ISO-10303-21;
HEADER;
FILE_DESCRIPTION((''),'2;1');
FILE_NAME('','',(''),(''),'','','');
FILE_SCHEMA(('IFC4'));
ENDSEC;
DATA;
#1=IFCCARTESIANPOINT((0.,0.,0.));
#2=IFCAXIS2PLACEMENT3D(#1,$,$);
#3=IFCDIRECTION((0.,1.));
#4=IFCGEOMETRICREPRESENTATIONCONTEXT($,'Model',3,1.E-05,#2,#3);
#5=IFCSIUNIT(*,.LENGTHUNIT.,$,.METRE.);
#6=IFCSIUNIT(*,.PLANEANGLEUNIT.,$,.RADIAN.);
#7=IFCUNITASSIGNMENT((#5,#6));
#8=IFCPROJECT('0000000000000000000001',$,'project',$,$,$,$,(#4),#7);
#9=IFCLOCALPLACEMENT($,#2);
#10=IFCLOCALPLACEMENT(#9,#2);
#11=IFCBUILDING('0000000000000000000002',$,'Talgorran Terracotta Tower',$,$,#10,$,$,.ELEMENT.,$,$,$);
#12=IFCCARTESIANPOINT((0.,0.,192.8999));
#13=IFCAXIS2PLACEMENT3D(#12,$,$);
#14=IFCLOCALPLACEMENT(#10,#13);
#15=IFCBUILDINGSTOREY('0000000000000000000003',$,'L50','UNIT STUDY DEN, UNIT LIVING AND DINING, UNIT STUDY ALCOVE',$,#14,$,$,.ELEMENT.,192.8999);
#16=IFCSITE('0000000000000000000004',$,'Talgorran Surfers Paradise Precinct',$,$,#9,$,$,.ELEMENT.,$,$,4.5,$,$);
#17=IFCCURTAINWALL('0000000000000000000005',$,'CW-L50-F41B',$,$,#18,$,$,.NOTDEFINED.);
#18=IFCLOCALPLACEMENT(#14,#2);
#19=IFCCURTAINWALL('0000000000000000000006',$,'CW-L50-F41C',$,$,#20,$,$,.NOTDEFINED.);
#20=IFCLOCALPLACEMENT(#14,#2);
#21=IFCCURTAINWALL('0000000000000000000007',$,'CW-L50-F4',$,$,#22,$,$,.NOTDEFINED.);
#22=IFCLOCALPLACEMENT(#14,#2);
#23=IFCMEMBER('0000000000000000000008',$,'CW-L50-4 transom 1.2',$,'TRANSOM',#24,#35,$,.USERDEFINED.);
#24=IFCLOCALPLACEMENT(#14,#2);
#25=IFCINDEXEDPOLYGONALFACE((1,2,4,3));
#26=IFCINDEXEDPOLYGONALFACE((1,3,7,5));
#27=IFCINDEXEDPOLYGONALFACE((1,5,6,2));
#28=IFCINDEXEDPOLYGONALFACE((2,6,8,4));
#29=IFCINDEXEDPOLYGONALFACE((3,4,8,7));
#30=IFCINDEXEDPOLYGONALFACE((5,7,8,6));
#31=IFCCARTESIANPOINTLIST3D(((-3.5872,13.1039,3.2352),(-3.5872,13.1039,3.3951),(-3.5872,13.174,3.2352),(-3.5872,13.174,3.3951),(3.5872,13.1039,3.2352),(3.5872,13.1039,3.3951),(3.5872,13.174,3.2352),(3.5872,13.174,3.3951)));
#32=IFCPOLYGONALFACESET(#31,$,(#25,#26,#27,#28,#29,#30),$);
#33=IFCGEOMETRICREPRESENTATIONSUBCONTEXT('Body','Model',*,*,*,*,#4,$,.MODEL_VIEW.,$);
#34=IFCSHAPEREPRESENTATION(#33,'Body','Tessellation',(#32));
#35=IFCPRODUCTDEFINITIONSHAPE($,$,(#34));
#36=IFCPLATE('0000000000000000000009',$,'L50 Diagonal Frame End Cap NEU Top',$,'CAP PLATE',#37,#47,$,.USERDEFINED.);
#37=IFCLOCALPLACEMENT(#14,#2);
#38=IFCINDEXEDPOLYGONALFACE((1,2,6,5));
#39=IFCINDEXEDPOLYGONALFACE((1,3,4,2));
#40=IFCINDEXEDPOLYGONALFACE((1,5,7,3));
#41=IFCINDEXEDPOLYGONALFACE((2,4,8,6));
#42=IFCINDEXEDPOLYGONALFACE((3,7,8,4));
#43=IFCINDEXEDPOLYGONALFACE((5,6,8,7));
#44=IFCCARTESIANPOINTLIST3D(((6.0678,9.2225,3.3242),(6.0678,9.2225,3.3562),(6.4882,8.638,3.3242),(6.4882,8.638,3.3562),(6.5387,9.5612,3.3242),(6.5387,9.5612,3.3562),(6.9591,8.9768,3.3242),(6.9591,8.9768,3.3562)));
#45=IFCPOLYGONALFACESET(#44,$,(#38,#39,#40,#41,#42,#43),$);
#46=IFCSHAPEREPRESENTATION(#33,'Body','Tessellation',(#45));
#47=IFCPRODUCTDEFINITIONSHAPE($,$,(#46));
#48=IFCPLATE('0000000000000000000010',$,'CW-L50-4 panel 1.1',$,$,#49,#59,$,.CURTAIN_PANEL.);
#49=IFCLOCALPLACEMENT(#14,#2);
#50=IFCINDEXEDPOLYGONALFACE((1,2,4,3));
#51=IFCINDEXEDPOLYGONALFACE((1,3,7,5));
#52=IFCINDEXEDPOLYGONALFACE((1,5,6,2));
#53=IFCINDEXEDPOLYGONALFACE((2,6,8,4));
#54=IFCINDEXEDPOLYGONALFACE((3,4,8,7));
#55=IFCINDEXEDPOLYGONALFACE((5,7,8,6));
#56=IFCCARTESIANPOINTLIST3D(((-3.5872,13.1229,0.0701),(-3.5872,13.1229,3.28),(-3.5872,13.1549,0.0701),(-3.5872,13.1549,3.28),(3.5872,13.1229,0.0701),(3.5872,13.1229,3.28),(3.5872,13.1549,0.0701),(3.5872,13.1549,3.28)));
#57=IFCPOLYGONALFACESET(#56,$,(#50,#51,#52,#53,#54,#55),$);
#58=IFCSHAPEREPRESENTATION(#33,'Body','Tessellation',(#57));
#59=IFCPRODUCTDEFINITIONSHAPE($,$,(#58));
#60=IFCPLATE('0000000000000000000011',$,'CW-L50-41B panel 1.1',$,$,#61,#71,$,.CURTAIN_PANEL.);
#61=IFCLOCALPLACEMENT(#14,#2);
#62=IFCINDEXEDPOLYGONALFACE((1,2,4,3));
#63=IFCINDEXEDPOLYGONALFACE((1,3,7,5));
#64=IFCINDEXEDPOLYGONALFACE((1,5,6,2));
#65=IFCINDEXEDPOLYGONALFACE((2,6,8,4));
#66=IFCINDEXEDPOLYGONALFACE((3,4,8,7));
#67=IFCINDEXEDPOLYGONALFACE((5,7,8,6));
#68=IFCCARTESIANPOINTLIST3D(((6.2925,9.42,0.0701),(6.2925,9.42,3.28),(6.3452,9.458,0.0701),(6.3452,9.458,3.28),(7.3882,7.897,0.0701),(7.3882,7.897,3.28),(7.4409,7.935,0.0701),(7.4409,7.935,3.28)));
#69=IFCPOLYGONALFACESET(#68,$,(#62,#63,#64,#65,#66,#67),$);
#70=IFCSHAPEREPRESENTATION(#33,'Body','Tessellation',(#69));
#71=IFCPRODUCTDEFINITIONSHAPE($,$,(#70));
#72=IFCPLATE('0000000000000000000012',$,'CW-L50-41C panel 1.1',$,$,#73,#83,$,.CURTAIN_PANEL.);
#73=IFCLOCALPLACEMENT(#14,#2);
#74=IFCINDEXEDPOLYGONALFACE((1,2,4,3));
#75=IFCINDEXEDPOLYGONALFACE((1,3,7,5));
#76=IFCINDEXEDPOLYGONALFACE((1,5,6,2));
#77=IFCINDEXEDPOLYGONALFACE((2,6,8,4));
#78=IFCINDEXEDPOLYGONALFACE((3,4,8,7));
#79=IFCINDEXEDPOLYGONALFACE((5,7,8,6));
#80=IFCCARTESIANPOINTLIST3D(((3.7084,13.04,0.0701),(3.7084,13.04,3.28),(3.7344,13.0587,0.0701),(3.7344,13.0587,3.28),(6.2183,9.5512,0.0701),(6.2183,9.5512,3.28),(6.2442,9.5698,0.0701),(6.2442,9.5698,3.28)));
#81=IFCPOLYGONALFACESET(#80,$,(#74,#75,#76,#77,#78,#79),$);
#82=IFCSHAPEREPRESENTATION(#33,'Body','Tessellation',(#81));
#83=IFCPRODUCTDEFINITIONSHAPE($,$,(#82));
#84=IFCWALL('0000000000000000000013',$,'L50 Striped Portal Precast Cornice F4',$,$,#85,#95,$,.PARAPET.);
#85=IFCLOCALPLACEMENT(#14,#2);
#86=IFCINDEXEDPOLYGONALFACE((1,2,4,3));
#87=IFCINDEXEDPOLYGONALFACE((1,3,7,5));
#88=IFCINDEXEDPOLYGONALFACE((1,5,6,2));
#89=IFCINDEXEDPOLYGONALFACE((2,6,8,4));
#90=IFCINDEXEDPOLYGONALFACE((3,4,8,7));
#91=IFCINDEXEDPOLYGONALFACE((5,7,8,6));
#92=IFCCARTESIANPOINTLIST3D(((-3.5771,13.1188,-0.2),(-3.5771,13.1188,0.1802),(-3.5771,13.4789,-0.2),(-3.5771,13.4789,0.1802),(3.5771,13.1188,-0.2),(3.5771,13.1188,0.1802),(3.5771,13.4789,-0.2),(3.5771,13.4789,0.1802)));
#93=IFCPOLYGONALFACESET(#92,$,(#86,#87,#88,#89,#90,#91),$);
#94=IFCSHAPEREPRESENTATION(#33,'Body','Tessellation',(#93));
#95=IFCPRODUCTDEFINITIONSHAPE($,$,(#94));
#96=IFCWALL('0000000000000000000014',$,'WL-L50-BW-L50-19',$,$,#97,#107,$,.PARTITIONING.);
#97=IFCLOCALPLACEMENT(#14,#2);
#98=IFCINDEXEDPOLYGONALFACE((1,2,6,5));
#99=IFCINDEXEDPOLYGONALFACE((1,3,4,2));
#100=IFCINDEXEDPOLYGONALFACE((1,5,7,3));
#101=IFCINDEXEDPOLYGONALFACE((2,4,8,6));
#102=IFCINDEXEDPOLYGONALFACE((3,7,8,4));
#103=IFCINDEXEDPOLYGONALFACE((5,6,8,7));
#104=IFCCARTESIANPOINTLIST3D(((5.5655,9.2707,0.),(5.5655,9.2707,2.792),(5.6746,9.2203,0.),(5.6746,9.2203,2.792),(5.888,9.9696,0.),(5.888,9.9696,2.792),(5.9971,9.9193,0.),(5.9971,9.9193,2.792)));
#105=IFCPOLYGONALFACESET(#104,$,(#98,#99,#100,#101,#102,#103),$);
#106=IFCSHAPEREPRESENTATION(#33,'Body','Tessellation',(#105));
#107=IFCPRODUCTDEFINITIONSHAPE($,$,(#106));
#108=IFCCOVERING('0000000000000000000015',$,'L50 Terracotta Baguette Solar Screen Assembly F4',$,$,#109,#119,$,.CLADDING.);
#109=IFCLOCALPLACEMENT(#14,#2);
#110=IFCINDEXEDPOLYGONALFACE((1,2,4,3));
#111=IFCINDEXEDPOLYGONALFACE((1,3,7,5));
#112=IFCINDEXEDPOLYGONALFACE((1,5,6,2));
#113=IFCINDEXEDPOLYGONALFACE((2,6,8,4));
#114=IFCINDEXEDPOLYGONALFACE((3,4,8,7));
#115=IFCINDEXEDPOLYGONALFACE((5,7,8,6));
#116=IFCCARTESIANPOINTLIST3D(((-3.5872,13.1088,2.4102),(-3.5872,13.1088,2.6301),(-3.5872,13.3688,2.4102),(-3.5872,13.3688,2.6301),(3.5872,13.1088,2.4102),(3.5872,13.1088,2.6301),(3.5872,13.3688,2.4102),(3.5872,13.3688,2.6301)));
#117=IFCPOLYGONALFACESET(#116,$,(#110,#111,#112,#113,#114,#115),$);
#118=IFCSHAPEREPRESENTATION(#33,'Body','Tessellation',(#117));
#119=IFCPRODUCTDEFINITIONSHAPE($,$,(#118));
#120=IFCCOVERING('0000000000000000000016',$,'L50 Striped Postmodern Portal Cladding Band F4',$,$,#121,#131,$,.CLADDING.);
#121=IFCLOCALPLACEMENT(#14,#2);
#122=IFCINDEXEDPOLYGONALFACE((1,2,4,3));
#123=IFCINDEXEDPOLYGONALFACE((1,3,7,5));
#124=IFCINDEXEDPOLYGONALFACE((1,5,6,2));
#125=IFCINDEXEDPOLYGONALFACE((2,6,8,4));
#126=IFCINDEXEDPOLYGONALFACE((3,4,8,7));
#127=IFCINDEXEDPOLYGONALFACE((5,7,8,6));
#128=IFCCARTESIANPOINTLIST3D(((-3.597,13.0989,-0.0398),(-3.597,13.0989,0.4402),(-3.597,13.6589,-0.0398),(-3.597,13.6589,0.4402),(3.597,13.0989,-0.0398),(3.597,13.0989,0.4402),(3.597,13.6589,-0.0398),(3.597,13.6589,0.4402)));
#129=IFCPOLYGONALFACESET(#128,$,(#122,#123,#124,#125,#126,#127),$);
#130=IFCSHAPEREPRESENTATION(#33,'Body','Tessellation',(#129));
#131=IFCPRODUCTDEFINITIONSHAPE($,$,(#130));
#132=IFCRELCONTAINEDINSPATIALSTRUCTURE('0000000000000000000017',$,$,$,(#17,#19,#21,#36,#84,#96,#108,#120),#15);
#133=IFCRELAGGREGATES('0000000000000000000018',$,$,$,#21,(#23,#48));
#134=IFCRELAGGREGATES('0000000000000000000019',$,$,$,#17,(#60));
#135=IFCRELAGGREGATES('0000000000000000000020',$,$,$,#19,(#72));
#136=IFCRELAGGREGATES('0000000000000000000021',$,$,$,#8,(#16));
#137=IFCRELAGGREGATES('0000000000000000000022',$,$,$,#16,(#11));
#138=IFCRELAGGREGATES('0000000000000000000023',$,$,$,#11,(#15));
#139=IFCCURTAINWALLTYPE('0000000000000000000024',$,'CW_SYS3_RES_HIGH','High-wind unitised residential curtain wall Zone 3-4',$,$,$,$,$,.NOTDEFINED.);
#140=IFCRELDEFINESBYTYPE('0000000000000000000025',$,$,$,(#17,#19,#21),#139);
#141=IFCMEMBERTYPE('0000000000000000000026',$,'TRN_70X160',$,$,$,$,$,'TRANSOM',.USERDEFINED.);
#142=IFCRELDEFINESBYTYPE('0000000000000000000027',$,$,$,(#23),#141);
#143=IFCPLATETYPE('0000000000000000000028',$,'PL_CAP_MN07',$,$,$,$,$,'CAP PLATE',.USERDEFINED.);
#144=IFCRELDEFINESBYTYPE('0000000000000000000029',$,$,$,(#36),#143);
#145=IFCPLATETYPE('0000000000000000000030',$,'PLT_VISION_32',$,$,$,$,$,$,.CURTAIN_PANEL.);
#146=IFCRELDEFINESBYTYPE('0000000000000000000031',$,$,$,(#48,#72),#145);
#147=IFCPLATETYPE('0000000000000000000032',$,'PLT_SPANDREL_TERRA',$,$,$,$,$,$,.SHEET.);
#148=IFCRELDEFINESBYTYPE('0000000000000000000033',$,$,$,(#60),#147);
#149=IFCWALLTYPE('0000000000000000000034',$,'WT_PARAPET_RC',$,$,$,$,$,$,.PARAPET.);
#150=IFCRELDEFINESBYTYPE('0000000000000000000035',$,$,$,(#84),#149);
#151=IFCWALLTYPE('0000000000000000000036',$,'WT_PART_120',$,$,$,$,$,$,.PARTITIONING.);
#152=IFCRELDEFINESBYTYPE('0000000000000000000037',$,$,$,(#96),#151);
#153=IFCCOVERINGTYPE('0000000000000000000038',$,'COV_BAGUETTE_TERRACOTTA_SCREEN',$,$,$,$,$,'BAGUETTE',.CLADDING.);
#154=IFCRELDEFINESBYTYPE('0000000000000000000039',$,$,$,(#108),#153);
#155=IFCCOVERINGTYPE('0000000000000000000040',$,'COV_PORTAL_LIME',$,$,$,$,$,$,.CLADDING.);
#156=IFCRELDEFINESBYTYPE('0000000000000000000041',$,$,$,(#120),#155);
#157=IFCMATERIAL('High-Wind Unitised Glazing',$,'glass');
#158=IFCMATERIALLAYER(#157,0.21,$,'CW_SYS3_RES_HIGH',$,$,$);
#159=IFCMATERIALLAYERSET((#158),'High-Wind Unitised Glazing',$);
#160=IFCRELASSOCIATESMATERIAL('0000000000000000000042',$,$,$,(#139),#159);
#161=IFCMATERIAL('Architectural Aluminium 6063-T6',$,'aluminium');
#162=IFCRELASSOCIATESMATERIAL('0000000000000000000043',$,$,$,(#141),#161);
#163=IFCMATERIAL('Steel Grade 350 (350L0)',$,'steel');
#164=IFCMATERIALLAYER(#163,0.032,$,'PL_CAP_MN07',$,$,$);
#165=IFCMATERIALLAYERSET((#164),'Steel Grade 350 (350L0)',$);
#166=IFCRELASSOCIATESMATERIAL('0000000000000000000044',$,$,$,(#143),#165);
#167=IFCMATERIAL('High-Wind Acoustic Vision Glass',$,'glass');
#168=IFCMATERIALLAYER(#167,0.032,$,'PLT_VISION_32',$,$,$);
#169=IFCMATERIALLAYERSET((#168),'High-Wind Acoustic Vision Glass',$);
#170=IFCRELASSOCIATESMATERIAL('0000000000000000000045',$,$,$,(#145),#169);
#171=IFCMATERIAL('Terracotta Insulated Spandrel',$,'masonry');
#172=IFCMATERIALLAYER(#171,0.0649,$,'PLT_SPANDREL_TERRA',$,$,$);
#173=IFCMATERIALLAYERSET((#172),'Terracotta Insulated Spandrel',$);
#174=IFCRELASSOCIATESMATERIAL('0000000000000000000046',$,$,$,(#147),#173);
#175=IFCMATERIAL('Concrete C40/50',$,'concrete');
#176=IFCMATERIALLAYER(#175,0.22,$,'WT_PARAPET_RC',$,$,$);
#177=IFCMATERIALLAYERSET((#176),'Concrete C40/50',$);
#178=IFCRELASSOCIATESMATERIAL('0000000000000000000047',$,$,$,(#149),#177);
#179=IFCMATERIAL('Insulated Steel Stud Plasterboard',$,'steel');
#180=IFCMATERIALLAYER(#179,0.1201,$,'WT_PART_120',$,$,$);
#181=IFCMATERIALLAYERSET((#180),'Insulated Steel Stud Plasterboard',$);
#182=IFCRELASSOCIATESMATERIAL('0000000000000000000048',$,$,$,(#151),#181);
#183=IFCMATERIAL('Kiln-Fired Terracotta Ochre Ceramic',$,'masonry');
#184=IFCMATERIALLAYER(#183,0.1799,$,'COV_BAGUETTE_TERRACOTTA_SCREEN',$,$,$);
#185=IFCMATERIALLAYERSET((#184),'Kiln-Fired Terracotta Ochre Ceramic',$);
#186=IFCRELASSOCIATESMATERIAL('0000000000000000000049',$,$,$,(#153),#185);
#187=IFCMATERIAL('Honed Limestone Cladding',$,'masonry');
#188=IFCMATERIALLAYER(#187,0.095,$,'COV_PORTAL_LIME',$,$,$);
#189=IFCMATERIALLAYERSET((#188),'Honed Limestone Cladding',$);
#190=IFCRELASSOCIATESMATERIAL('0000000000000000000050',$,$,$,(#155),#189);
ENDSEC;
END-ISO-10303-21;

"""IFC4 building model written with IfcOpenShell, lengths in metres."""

from ifc_helpers import new_model, si_unit, direction, frame, frame_2d, origin, origin_2d, place, context, subcontext, project, spatial, rectangle, extrude, source, transform, mapped, material, layer, layer_set, material_profile, profile_set, type_object, type_shapes, element, aggregate, save


model = new_model("IFC4")

# Units and contexts
model_context = context("Model", 3, precision=1e-05, world=origin(), true_north=direction((0.0, 1.0)))
body_context = subcontext(model_context, "Body", "Model", "MODEL_VIEW")
ifc_project = project(units=[si_unit("LENGTHUNIT", "METRE"), si_unit("PLANEANGLEUNIT", "RADIAN")], contexts=[model_context])

# Site, building, storey
site_placement = place(None, origin())
site = spatial("IfcSite", under=ifc_project, at=site_placement, Name="Talgorran Surfers Paradise Precinct", CompositionType="ELEMENT", RefElevation=4.5)
building_placement = place(site_placement, origin())
building = spatial("IfcBuilding", under=site, at=building_placement, Name="Talgorran Terracotta Tower", CompositionType="ELEMENT")
storey_placement = place(building_placement, frame((0.0, 0.0, 192.8999)))
storey = spatial("IfcBuildingStorey", under=building, at=storey_placement, Name="L50", Description="UNIT STUDY DEN, UNIT LIVING AND DINING, UNIT STUDY ALCOVE", CompositionType="ELEMENT", Elevation=192.8999)

# Shared definitions
ifc_material_1 = material(Name="Steel Grade 350 (350L0)", Category="steel")

# Curtain wall
ifc_material_2 = material(Name="High-Wind Unitised Glazing", Category="glass")
ifc_layer_1 = layer(ifc_material_2, 0.21, Name="CW_SYS3_RES_HIGH")
ifc_layer_set_1 = layer_set([ifc_layer_1], Name="High-Wind Unitised Glazing")
curtain_wall_type = type_object("IfcCurtainWallType", Name="CW_SYS3_RES_HIGH", Description="High-wind unitised residential curtain wall Zone 3-4", PredefinedType="NOTDEFINED", material=ifc_layer_set_1)
curtain_wall_1_placement = place(storey_placement, origin())
curtain_wall_1 = element("IfcCurtainWall", 1, at=curtain_wall_1_placement, inside=storey, type_object=curtain_wall_type, Name="CW-L50-F41B", PredefinedType="NOTDEFINED")
ifc_material_3 = material(Name="Architectural Aluminium 6063-T6", Category="aluminium")

# Curtain wall
curtain_wall_2_placement = place(storey_placement, origin())
curtain_wall_2 = element("IfcCurtainWall", 2, at=curtain_wall_2_placement, inside=storey, type_object=curtain_wall_type, Name="CW-L50-F41C", PredefinedType="NOTDEFINED")

# Curtain wall
curtain_wall_3_placement = place(storey_placement, origin())
curtain_wall_3 = element("IfcCurtainWall", 3, at=curtain_wall_3_placement, inside=storey, type_object=curtain_wall_type, Name="CW-L50-F4", PredefinedType="NOTDEFINED")

# Member
ifc_material_profile_1 = material_profile(ifc_material_3, rectangle(XDim=0.0701, YDim=0.1599, at=origin_2d()), Name="CWT70X160")
ifc_profile_set_1 = profile_set([ifc_material_profile_1], Name="Architectural Aluminium 6063-T6")
member_type_1 = type_object("IfcMemberType", Name="TRN_70X160", ElementType="TRANSOM", PredefinedType="USERDEFINED", material=ifc_profile_set_1)
member_1_placement = place(storey_placement, frame((3.5872, 13.1389, 3.3152), z_axis=(-1.0, 0.0, 0.0), x_axis=(0.0, -1.0, 0.0)))
member_1 = element("IfcMember", 4, at=member_1_placement, type_object=member_type_1, Name="CW-L50-4 transom 1.2", ObjectType="TRANSOM", PredefinedType="USERDEFINED", context=body_context, shape_type="SweptSolid", body=[
    extrude(rectangle(XDim=0.0701, YDim=0.1599, at=origin_2d()), origin(), (0.0, 0.0, 1.0), 7.1743),
])

# Plates
ifc_layer_2 = layer(ifc_material_1, 0.032, Name="PL_CAP_MN07")
ifc_layer_set_2 = layer_set([ifc_layer_2], Name="Steel Grade 350 (350L0)")
plate_type_1 = type_object("IfcPlateType", Name="PL_CAP_MN07", ElementType="CAP PLATE", PredefinedType="USERDEFINED", material=ifc_layer_set_2)
plate_1_placement = place(storey_placement, frame((6.5134, 9.0996, 3.3242), z_axis=(0.0, 0.0, 1.0), x_axis=(-0.583966, 0.811778, 0.0)))
element("IfcPlate", 5, at=plate_1_placement, inside=storey, type_object=plate_type_1, Name="L50 Diagonal Frame End Cap NEU Top", ObjectType="CAP PLATE", PredefinedType="USERDEFINED", context=body_context, shape_type="SweptSolid", body=[
    extrude(rectangle(XDim=0.72, YDim=0.5801, at=origin_2d()), origin(), (0.0, 0.0, 1.0), 0.032),
])
ifc_material_4 = material(Name="High-Wind Acoustic Vision Glass", Category="glass")
ifc_layer_3 = layer(ifc_material_4, 0.032, Name="PLT_VISION_32")
ifc_layer_set_3 = layer_set([ifc_layer_3], Name="High-Wind Acoustic Vision Glass")
plate_type_2 = type_object("IfcPlateType", Name="PLT_VISION_32", PredefinedType="CURTAIN_PANEL", material=ifc_layer_set_3)
shared_shape_1 = source(origin(), body_context, "Body", "SweptSolid", [
    extrude(rectangle(XDim=7.1743, YDim=0.032, at=origin_2d()), origin(), (0.0, 0.0, 1.0), 3.21),
])
plate_2_placement = place(storey_placement, frame((0.0, 13.1389, 0.0701), z_axis=(0.0, 0.0, 1.0), x_axis=(-1.0, 0.0, 0.0)))
plate_2 = element("IfcPlate", 6, at=plate_2_placement, type_object=plate_type_2, Name="CW-L50-4 panel 1.1", PredefinedType="CURTAIN_PANEL", context=body_context, shape_type="MappedRepresentation", body=[
    mapped(shared_shape_1, transform((0.0, 0.0, 0.0), scale=1.0)),
])
aggregate(curtain_wall_3, [member_1, plate_2])
ifc_material_5 = material(Name="Terracotta Insulated Spandrel", Category="masonry")
ifc_layer_4 = layer(ifc_material_5, 0.0649, Name="PLT_SPANDREL_TERRA")
ifc_layer_set_4 = layer_set([ifc_layer_4], Name="Terracotta Insulated Spandrel")
plate_type_3 = type_object("IfcPlateType", Name="PLT_SPANDREL_TERRA", PredefinedType="SHEET", material=ifc_layer_set_4)
shared_shape_2 = source(origin(), body_context, "Body", "SweptSolid", [
    extrude(rectangle(XDim=1.8762, YDim=0.0649, at=origin_2d()), origin(), (0.0, 0.0, 1.0), 3.21),
])
type_shapes(plate_type_3, [shared_shape_2])
plate_3_placement = place(storey_placement, frame((6.8667, 8.6775, 0.0701), z_axis=(0.0, 0.0, 1.0), x_axis=(-0.584026, 0.811735, 0.0)))
plate_3 = element("IfcPlate", 7, at=plate_3_placement, type_object=plate_type_3, Name="CW-L50-41B panel 1.1", PredefinedType="CURTAIN_PANEL", context=body_context, shape_type="MappedRepresentation", body=[
    mapped(shared_shape_2, transform((0.0, 0.0, 0.0), scale=1.0)),
])
aggregate(curtain_wall_1, [plate_3])
shared_shape_3 = source(origin(), body_context, "Body", "SweptSolid", [
    extrude(rectangle(XDim=4.2979, YDim=0.032, at=origin_2d()), origin(), (0.0, 0.0, 1.0), 3.21),
])
type_shapes(plate_type_2, [shared_shape_1, shared_shape_3])
plate_4_placement = place(storey_placement, frame((4.9763, 11.3049, 0.0701), z_axis=(0.0, 0.0, 1.0), x_axis=(-0.583978, 0.811769, 0.0)))
plate_4 = element("IfcPlate", 8, at=plate_4_placement, type_object=plate_type_2, Name="CW-L50-41C panel 1.1", PredefinedType="CURTAIN_PANEL", context=body_context, shape_type="MappedRepresentation", body=[
    mapped(shared_shape_3, transform((0.0, 0.0, 0.0), scale=1.0)),
])
aggregate(curtain_wall_2, [plate_4])

# Walls
ifc_material_6 = material(Name="Concrete C40/50", Category="concrete")
ifc_layer_5 = layer(ifc_material_6, 0.22, Name="WT_PARAPET_RC")
ifc_layer_set_5 = layer_set([ifc_layer_5], Name="Concrete C40/50")
wall_type_1 = type_object("IfcWallType", Name="WT_PARAPET_RC", PredefinedType="PARAPET", material=ifc_layer_set_5)
wall_1_placement = place(storey_placement, frame((3.5771, 13.2988, -0.2), z_axis=(0.0, 0.0, 1.0), x_axis=(-1.0, 0.0, 0.0)))
element("IfcWall", 9, at=wall_1_placement, inside=storey, type_object=wall_type_1, Name="L50 Striped Portal Precast Cornice F4", PredefinedType="PARAPET", context=body_context, shape_type="SweptSolid", body=[
    extrude(rectangle(XDim=7.1543, YDim=0.3601, at=frame_2d((3.5771, 0.0))), origin(), (0.0, 0.0, 1.0), 0.3801),
])
ifc_material_7 = material(Name="Insulated Steel Stud Plasterboard", Category="steel")
ifc_layer_6 = layer(ifc_material_7, 0.1201, Name="WT_PART_120")
ifc_layer_set_6 = layer_set([ifc_layer_6], Name="Insulated Steel Stud Plasterboard")
wall_type_2 = type_object("IfcWallType", Name="WT_PART_120", PredefinedType="PARTITIONING", material=ifc_layer_set_6)
wall_2_placement = place(storey_placement, frame((5.6201, 9.2456, 0.0), z_axis=(0.0, 0.0, 1.0), x_axis=(0.418958, 0.908006, 0.0)))
element("IfcWall", 10, at=wall_2_placement, inside=storey, type_object=wall_type_2, Name="WL-L50-BW-L50-19", PredefinedType="PARTITIONING", context=body_context, shape_type="SweptSolid", body=[
    extrude(rectangle(XDim=0.7698, YDim=0.1201, at=frame_2d((0.3848, 0.0))), origin(), (0.0, 0.0, 1.0), 2.792),
])

# Coverings
ifc_material_8 = material(Name="Kiln-Fired Terracotta Ochre Ceramic", Category="masonry")
ifc_layer_7 = layer(ifc_material_8, 0.1799, Name="COV_BAGUETTE_TERRACOTTA_SCREEN")
ifc_layer_set_7 = layer_set([ifc_layer_7], Name="Kiln-Fired Terracotta Ochre Ceramic")
covering_type_1 = type_object("IfcCoveringType", Name="COV_BAGUETTE_TERRACOTTA_SCREEN", ElementType="BAGUETTE", PredefinedType="CLADDING", material=ifc_layer_set_7)
covering_1_placement = place(storey_placement, frame((0.0, 13.2388, 2.4102), z_axis=(0.0, 0.0, 1.0), x_axis=(-1.0, 0.0, 0.0)))
element("IfcCovering", 11, at=covering_1_placement, inside=storey, type_object=covering_type_1, Name="L50 Terracotta Baguette Solar Screen Assembly F4", PredefinedType="CLADDING", context=body_context, shape_type="SweptSolid", body=[
    extrude(rectangle(XDim=7.1743, YDim=0.26, at=origin_2d()), origin(), (0.0, 0.0, 1.0), 0.22),
])
ifc_material_9 = material(Name="Honed Limestone Cladding", Category="masonry")
ifc_layer_8 = layer(ifc_material_9, 0.095, Name="COV_PORTAL_LIME")
ifc_layer_set_8 = layer_set([ifc_layer_8], Name="Honed Limestone Cladding")
covering_type_2 = type_object("IfcCoveringType", Name="COV_PORTAL_LIME", PredefinedType="CLADDING", material=ifc_layer_set_8)
covering_2_placement = place(storey_placement, frame((0.0, 13.3789, -0.0398), z_axis=(0.0, 0.0, 1.0), x_axis=(-1.0, 0.0, 0.0)))
element("IfcCovering", 12, at=covering_2_placement, inside=storey, type_object=covering_type_2, Name="L50 Striped Postmodern Portal Cladding Band F4", PredefinedType="CLADDING", context=body_context, shape_type="SweptSolid", body=[
    extrude(rectangle(XDim=7.1941, YDim=0.5601, at=origin_2d()), origin(), (0.0, 0.0, 1.0), 0.48),
])

save(model, "model.ifc")
